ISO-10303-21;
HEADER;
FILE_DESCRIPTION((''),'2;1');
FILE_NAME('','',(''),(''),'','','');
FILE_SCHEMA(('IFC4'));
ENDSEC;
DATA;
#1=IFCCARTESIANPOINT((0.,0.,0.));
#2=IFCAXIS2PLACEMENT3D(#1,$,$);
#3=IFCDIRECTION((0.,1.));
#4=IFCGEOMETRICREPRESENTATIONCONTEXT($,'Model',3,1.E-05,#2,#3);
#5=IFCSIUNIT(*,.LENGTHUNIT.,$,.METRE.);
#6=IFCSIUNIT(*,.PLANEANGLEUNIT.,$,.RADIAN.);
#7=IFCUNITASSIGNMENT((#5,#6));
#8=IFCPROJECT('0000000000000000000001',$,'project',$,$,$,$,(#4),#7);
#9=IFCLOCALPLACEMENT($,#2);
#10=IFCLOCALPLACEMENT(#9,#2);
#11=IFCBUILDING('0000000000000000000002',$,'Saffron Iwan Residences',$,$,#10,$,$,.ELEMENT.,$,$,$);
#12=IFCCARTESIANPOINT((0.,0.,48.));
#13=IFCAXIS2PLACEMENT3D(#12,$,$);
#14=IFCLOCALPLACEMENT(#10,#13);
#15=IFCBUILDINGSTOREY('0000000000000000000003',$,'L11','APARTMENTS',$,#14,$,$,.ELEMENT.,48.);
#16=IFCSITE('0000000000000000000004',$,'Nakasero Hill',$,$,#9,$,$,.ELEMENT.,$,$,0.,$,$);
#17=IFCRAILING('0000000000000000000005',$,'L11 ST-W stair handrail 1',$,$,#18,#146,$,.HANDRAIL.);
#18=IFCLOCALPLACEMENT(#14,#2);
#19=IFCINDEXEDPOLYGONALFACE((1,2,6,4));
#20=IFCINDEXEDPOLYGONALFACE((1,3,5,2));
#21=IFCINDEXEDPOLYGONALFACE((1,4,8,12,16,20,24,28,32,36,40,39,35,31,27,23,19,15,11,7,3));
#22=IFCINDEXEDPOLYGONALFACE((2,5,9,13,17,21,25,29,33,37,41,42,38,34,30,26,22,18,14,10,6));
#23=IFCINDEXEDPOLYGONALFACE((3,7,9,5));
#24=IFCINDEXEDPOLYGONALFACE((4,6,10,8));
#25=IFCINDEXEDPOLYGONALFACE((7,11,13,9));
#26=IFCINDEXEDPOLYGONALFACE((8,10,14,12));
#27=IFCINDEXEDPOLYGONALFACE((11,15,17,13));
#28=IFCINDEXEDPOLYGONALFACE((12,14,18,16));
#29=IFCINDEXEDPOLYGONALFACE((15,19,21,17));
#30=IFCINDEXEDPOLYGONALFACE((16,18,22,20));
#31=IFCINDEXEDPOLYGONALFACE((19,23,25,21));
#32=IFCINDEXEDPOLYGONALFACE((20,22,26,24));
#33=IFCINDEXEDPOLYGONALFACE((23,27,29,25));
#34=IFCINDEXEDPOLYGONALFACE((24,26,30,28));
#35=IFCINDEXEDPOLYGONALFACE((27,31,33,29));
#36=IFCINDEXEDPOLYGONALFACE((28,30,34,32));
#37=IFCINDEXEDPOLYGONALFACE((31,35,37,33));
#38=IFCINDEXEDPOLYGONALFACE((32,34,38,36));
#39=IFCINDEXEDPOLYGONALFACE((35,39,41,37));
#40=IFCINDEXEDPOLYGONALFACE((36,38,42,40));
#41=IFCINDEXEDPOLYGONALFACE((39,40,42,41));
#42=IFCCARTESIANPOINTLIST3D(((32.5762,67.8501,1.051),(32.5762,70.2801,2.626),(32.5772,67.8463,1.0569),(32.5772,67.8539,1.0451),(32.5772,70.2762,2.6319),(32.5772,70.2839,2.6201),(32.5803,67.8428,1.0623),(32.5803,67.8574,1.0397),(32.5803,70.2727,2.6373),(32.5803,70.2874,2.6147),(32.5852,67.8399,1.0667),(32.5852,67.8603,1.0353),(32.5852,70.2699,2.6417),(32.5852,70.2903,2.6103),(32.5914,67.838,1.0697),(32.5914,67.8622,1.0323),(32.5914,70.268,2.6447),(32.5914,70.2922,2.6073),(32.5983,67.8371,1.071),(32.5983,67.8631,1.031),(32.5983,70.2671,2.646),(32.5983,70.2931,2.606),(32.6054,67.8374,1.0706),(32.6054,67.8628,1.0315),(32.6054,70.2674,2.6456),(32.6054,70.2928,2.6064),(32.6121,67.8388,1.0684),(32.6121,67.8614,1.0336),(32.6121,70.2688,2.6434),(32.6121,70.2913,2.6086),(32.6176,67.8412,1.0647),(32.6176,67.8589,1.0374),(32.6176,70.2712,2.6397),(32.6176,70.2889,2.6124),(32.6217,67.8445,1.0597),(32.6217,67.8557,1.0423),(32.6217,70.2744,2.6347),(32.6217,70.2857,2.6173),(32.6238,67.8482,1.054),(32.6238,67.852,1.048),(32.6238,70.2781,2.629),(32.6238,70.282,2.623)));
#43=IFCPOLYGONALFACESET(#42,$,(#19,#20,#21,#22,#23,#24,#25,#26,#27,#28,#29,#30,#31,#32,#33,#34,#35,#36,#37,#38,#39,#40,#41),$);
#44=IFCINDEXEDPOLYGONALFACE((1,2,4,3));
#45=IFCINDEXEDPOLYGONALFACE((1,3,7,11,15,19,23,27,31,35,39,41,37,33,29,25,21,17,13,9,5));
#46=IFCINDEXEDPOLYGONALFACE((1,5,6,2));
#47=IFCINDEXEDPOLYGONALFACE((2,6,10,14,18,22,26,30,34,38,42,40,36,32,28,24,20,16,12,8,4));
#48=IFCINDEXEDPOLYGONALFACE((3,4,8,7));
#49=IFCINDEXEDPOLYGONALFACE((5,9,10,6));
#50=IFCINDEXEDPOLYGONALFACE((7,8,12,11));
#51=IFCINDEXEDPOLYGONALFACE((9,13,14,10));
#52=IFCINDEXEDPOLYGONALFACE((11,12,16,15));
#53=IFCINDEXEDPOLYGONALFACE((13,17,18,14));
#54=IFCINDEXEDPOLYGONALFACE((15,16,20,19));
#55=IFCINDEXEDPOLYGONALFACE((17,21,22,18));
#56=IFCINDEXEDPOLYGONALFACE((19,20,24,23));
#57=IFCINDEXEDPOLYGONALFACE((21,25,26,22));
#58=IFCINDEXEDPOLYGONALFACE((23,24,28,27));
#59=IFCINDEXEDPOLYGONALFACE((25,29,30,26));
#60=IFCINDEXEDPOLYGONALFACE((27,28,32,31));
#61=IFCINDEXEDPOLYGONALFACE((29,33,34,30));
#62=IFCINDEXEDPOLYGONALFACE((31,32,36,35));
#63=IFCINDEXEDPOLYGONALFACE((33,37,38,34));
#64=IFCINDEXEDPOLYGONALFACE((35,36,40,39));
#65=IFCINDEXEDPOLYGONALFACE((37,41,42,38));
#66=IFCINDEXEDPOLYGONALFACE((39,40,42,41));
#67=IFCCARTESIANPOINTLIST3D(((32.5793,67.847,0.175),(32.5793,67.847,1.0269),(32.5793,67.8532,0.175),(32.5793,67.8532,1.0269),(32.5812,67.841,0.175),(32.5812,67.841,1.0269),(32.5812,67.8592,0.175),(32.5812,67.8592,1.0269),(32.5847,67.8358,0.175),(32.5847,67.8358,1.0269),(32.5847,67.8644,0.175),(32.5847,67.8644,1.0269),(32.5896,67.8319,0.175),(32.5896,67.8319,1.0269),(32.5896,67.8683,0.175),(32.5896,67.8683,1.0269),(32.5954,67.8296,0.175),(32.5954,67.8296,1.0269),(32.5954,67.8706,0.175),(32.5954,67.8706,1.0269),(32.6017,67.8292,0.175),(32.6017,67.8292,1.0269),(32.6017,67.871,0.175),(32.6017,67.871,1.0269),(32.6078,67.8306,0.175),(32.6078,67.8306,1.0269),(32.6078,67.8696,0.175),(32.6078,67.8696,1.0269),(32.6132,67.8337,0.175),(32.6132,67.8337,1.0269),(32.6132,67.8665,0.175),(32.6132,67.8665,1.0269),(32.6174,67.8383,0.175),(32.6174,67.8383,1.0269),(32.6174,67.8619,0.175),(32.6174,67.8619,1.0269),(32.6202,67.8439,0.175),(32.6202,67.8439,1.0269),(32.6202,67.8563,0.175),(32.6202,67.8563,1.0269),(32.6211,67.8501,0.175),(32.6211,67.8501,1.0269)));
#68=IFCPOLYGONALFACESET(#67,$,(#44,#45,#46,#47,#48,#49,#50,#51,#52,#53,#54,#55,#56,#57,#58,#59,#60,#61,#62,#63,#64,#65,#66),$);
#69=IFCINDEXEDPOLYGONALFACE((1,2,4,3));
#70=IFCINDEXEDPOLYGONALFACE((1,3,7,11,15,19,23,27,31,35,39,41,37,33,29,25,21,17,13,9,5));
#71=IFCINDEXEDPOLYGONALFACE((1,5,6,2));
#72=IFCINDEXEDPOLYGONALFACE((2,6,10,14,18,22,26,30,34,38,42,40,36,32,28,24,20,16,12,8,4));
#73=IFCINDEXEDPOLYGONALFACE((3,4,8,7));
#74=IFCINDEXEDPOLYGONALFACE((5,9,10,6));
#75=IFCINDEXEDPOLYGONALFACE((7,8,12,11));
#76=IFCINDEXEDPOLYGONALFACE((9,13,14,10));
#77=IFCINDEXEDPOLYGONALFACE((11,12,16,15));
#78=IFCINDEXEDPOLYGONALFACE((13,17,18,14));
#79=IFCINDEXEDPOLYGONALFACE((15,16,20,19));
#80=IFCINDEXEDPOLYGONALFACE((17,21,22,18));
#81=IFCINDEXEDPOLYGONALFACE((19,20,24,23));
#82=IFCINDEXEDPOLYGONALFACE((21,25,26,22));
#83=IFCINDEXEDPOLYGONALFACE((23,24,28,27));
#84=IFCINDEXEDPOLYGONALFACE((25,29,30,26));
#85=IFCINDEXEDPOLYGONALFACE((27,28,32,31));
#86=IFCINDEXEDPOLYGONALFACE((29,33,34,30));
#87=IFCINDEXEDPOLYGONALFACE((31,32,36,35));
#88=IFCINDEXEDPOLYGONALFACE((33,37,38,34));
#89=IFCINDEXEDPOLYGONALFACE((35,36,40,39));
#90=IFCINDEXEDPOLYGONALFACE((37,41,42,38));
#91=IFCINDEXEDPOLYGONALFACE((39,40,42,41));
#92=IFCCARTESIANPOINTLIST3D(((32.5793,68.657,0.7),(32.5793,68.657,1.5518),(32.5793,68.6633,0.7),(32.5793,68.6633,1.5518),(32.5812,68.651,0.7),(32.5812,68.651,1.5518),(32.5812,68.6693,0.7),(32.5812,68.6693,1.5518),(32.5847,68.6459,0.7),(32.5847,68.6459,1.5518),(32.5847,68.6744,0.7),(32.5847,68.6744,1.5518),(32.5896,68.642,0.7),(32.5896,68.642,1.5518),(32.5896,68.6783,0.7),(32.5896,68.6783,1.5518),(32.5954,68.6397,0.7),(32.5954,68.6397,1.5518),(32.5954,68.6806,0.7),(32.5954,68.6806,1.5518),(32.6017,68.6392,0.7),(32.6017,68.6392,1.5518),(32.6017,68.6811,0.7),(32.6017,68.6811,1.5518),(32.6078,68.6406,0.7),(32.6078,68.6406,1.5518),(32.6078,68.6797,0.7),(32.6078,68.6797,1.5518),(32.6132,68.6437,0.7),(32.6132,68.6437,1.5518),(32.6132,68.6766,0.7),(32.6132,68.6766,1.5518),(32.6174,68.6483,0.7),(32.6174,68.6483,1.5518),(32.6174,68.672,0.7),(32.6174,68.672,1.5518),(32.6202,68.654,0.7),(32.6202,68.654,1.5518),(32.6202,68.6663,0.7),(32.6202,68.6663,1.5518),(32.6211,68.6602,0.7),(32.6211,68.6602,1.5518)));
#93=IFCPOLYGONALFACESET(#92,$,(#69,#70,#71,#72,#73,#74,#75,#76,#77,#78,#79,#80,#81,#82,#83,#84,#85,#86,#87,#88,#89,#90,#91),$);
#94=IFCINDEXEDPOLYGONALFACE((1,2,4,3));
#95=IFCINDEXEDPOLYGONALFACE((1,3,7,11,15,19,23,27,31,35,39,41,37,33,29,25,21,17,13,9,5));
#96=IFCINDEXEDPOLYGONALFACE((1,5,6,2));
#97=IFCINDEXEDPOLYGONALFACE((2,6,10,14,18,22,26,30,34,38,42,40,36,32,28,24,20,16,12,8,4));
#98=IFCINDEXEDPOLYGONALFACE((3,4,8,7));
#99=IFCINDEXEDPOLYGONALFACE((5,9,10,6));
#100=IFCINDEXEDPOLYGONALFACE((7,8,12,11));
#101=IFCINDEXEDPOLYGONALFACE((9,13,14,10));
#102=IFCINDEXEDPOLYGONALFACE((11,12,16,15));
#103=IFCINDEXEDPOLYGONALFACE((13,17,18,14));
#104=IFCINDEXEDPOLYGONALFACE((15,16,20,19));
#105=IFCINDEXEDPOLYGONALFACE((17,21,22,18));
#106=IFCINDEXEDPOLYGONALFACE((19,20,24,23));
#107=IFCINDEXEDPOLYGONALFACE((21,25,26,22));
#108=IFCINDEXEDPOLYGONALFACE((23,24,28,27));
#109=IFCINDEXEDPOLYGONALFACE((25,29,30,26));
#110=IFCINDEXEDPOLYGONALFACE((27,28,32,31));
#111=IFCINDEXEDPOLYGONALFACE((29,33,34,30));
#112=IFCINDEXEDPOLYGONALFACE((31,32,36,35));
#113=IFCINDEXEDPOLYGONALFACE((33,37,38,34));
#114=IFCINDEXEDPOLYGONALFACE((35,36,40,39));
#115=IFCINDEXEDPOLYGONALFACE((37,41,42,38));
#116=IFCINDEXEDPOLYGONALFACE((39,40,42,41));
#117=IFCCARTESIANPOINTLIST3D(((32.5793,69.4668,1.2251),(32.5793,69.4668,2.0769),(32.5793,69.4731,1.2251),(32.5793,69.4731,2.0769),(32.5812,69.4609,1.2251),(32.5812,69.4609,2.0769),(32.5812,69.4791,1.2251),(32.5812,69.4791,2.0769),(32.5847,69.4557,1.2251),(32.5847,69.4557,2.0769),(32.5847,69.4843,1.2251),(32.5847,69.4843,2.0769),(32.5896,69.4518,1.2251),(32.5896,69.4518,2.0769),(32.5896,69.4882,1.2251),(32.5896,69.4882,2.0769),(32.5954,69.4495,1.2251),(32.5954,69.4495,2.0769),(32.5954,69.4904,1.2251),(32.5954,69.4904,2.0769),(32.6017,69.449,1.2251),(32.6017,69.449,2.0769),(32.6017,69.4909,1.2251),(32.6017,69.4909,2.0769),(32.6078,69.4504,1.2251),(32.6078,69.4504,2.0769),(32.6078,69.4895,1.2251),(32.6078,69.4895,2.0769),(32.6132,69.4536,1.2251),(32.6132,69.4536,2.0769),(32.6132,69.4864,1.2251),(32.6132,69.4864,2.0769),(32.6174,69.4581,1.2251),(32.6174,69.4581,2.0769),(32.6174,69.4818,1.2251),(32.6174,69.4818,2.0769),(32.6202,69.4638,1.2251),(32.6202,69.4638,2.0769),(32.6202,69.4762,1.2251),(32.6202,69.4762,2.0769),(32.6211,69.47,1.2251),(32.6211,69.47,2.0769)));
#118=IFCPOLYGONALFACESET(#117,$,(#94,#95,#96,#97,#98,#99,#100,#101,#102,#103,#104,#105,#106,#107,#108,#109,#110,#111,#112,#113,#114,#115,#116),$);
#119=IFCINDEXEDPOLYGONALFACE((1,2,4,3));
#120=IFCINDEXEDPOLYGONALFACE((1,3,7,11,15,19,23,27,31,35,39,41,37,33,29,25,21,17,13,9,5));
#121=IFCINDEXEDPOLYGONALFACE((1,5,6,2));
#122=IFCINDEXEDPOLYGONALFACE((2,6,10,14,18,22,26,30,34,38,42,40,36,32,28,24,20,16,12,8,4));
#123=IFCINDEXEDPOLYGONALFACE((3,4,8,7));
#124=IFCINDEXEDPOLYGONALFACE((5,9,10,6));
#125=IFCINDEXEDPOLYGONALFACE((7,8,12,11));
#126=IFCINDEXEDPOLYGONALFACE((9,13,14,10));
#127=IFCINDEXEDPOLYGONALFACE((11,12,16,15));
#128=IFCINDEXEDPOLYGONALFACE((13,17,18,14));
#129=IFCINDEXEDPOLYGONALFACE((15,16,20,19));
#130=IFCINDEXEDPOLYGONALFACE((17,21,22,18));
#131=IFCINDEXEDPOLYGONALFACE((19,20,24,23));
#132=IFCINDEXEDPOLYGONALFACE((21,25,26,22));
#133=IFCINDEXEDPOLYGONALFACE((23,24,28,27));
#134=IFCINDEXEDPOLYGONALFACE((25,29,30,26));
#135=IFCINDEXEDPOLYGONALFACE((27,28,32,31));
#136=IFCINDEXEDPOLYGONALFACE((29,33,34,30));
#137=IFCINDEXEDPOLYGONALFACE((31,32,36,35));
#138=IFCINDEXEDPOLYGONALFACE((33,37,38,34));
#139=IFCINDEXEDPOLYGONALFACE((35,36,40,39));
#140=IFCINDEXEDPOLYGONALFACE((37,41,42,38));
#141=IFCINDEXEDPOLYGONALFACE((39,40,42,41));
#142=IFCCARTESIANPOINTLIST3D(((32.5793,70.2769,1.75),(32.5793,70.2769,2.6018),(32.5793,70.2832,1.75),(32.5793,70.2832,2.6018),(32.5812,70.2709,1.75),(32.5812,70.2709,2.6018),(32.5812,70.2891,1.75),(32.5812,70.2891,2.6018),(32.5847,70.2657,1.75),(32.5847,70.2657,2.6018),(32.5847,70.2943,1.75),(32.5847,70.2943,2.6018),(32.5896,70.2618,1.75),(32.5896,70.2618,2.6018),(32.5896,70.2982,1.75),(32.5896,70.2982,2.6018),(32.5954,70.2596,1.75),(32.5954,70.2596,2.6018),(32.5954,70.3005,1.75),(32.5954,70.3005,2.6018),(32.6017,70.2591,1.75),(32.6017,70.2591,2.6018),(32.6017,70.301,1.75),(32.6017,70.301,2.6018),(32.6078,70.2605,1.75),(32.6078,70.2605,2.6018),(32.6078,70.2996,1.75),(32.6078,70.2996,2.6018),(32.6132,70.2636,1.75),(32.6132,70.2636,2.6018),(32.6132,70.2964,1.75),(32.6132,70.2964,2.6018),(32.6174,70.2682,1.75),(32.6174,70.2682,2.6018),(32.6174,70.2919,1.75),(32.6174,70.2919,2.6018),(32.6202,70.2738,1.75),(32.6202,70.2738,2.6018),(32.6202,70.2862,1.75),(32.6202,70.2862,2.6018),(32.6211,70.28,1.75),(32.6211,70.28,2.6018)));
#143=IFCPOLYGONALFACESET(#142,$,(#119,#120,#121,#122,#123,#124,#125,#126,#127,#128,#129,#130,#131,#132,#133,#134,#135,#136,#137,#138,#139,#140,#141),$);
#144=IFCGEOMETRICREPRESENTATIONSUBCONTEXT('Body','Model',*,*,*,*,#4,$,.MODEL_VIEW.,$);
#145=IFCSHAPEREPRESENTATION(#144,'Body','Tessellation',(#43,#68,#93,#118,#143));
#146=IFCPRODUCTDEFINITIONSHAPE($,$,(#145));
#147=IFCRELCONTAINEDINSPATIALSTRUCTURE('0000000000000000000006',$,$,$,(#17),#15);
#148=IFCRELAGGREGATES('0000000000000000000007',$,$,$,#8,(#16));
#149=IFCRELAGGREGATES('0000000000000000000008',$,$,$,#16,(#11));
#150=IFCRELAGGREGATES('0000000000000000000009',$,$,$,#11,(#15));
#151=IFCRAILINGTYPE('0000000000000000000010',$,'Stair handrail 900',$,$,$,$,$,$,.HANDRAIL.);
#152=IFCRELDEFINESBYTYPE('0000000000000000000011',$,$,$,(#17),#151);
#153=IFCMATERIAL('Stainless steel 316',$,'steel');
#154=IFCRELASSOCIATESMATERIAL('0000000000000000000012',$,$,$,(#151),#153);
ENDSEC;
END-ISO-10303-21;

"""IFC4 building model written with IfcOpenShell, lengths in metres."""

from ifc_helpers import new_model, si_unit, direction, frame, origin, origin_2d, place, context, subcontext, project, spatial, circle, extrude, material, type_object, element, save


model = new_model("IFC4")

# Units and contexts
model_context = context("Model", 3, precision=1e-05, world=origin(), true_north=direction((0.0, 1.0)))
body_context = subcontext(model_context, "Body", "Model", "MODEL_VIEW")
ifc_project = project(units=[si_unit("LENGTHUNIT", "METRE"), si_unit("PLANEANGLEUNIT", "RADIAN")], contexts=[model_context])

# Site, building, storey
site_placement = place(None, origin())
site = spatial("IfcSite", under=ifc_project, at=site_placement, Name="Nakasero Hill", CompositionType="ELEMENT", RefElevation=0.0)
building_placement = place(site_placement, origin())
building = spatial("IfcBuilding", under=site, at=building_placement, Name="Saffron Iwan Residences", CompositionType="ELEMENT")
storey_placement = place(building_placement, frame((0.0, 0.0, 48.0)))
storey = spatial("IfcBuildingStorey", under=building, at=storey_placement, Name="L11", Description="APARTMENTS", CompositionType="ELEMENT", Elevation=48.0)

# Railing
ifc_material_1 = material(Name="Stainless steel 316", Category="steel")
railing_type_1 = type_object("IfcRailingType", Name="Stair handrail 900", PredefinedType="HANDRAIL", material=ifc_material_1)
railing_1_placement = place(storey_placement, frame((32.6001, 67.8501, 0.175)))
element("IfcRailing", 1, at=railing_1_placement, inside=storey, type_object=railing_type_1, Name="L11 ST-W stair handrail 1", PredefinedType="HANDRAIL", context=body_context, shape_type="SweptSolid", body=[
    extrude(circle(Radius=0.0239, at=origin_2d()), frame((0.0, 0.0, 0.876), z_axis=(0.0, 0.839154, 0.543894), x_axis=(-1.0, 0.0, 0.0)), (0.0, 0.0, 1.0), 2.8958),
    extrude(circle(Radius=0.021, at=origin_2d()), origin(), (0.0, 0.0, 1.0), 0.8518),
    extrude(circle(Radius=0.021, at=origin_2d()), frame((0.0, 0.8101, 0.5249)), (0.0, 0.0, 1.0), 0.8518),
    extrude(circle(Radius=0.021, at=origin_2d()), frame((0.0, 1.6199, 1.05)), (0.0, 0.0, 1.0), 0.8518),
    extrude(circle(Radius=0.021, at=origin_2d()), frame((0.0, 2.4299, 1.575)), (0.0, 0.0, 1.0), 0.8518),
])

save(model, "model.ifc")
